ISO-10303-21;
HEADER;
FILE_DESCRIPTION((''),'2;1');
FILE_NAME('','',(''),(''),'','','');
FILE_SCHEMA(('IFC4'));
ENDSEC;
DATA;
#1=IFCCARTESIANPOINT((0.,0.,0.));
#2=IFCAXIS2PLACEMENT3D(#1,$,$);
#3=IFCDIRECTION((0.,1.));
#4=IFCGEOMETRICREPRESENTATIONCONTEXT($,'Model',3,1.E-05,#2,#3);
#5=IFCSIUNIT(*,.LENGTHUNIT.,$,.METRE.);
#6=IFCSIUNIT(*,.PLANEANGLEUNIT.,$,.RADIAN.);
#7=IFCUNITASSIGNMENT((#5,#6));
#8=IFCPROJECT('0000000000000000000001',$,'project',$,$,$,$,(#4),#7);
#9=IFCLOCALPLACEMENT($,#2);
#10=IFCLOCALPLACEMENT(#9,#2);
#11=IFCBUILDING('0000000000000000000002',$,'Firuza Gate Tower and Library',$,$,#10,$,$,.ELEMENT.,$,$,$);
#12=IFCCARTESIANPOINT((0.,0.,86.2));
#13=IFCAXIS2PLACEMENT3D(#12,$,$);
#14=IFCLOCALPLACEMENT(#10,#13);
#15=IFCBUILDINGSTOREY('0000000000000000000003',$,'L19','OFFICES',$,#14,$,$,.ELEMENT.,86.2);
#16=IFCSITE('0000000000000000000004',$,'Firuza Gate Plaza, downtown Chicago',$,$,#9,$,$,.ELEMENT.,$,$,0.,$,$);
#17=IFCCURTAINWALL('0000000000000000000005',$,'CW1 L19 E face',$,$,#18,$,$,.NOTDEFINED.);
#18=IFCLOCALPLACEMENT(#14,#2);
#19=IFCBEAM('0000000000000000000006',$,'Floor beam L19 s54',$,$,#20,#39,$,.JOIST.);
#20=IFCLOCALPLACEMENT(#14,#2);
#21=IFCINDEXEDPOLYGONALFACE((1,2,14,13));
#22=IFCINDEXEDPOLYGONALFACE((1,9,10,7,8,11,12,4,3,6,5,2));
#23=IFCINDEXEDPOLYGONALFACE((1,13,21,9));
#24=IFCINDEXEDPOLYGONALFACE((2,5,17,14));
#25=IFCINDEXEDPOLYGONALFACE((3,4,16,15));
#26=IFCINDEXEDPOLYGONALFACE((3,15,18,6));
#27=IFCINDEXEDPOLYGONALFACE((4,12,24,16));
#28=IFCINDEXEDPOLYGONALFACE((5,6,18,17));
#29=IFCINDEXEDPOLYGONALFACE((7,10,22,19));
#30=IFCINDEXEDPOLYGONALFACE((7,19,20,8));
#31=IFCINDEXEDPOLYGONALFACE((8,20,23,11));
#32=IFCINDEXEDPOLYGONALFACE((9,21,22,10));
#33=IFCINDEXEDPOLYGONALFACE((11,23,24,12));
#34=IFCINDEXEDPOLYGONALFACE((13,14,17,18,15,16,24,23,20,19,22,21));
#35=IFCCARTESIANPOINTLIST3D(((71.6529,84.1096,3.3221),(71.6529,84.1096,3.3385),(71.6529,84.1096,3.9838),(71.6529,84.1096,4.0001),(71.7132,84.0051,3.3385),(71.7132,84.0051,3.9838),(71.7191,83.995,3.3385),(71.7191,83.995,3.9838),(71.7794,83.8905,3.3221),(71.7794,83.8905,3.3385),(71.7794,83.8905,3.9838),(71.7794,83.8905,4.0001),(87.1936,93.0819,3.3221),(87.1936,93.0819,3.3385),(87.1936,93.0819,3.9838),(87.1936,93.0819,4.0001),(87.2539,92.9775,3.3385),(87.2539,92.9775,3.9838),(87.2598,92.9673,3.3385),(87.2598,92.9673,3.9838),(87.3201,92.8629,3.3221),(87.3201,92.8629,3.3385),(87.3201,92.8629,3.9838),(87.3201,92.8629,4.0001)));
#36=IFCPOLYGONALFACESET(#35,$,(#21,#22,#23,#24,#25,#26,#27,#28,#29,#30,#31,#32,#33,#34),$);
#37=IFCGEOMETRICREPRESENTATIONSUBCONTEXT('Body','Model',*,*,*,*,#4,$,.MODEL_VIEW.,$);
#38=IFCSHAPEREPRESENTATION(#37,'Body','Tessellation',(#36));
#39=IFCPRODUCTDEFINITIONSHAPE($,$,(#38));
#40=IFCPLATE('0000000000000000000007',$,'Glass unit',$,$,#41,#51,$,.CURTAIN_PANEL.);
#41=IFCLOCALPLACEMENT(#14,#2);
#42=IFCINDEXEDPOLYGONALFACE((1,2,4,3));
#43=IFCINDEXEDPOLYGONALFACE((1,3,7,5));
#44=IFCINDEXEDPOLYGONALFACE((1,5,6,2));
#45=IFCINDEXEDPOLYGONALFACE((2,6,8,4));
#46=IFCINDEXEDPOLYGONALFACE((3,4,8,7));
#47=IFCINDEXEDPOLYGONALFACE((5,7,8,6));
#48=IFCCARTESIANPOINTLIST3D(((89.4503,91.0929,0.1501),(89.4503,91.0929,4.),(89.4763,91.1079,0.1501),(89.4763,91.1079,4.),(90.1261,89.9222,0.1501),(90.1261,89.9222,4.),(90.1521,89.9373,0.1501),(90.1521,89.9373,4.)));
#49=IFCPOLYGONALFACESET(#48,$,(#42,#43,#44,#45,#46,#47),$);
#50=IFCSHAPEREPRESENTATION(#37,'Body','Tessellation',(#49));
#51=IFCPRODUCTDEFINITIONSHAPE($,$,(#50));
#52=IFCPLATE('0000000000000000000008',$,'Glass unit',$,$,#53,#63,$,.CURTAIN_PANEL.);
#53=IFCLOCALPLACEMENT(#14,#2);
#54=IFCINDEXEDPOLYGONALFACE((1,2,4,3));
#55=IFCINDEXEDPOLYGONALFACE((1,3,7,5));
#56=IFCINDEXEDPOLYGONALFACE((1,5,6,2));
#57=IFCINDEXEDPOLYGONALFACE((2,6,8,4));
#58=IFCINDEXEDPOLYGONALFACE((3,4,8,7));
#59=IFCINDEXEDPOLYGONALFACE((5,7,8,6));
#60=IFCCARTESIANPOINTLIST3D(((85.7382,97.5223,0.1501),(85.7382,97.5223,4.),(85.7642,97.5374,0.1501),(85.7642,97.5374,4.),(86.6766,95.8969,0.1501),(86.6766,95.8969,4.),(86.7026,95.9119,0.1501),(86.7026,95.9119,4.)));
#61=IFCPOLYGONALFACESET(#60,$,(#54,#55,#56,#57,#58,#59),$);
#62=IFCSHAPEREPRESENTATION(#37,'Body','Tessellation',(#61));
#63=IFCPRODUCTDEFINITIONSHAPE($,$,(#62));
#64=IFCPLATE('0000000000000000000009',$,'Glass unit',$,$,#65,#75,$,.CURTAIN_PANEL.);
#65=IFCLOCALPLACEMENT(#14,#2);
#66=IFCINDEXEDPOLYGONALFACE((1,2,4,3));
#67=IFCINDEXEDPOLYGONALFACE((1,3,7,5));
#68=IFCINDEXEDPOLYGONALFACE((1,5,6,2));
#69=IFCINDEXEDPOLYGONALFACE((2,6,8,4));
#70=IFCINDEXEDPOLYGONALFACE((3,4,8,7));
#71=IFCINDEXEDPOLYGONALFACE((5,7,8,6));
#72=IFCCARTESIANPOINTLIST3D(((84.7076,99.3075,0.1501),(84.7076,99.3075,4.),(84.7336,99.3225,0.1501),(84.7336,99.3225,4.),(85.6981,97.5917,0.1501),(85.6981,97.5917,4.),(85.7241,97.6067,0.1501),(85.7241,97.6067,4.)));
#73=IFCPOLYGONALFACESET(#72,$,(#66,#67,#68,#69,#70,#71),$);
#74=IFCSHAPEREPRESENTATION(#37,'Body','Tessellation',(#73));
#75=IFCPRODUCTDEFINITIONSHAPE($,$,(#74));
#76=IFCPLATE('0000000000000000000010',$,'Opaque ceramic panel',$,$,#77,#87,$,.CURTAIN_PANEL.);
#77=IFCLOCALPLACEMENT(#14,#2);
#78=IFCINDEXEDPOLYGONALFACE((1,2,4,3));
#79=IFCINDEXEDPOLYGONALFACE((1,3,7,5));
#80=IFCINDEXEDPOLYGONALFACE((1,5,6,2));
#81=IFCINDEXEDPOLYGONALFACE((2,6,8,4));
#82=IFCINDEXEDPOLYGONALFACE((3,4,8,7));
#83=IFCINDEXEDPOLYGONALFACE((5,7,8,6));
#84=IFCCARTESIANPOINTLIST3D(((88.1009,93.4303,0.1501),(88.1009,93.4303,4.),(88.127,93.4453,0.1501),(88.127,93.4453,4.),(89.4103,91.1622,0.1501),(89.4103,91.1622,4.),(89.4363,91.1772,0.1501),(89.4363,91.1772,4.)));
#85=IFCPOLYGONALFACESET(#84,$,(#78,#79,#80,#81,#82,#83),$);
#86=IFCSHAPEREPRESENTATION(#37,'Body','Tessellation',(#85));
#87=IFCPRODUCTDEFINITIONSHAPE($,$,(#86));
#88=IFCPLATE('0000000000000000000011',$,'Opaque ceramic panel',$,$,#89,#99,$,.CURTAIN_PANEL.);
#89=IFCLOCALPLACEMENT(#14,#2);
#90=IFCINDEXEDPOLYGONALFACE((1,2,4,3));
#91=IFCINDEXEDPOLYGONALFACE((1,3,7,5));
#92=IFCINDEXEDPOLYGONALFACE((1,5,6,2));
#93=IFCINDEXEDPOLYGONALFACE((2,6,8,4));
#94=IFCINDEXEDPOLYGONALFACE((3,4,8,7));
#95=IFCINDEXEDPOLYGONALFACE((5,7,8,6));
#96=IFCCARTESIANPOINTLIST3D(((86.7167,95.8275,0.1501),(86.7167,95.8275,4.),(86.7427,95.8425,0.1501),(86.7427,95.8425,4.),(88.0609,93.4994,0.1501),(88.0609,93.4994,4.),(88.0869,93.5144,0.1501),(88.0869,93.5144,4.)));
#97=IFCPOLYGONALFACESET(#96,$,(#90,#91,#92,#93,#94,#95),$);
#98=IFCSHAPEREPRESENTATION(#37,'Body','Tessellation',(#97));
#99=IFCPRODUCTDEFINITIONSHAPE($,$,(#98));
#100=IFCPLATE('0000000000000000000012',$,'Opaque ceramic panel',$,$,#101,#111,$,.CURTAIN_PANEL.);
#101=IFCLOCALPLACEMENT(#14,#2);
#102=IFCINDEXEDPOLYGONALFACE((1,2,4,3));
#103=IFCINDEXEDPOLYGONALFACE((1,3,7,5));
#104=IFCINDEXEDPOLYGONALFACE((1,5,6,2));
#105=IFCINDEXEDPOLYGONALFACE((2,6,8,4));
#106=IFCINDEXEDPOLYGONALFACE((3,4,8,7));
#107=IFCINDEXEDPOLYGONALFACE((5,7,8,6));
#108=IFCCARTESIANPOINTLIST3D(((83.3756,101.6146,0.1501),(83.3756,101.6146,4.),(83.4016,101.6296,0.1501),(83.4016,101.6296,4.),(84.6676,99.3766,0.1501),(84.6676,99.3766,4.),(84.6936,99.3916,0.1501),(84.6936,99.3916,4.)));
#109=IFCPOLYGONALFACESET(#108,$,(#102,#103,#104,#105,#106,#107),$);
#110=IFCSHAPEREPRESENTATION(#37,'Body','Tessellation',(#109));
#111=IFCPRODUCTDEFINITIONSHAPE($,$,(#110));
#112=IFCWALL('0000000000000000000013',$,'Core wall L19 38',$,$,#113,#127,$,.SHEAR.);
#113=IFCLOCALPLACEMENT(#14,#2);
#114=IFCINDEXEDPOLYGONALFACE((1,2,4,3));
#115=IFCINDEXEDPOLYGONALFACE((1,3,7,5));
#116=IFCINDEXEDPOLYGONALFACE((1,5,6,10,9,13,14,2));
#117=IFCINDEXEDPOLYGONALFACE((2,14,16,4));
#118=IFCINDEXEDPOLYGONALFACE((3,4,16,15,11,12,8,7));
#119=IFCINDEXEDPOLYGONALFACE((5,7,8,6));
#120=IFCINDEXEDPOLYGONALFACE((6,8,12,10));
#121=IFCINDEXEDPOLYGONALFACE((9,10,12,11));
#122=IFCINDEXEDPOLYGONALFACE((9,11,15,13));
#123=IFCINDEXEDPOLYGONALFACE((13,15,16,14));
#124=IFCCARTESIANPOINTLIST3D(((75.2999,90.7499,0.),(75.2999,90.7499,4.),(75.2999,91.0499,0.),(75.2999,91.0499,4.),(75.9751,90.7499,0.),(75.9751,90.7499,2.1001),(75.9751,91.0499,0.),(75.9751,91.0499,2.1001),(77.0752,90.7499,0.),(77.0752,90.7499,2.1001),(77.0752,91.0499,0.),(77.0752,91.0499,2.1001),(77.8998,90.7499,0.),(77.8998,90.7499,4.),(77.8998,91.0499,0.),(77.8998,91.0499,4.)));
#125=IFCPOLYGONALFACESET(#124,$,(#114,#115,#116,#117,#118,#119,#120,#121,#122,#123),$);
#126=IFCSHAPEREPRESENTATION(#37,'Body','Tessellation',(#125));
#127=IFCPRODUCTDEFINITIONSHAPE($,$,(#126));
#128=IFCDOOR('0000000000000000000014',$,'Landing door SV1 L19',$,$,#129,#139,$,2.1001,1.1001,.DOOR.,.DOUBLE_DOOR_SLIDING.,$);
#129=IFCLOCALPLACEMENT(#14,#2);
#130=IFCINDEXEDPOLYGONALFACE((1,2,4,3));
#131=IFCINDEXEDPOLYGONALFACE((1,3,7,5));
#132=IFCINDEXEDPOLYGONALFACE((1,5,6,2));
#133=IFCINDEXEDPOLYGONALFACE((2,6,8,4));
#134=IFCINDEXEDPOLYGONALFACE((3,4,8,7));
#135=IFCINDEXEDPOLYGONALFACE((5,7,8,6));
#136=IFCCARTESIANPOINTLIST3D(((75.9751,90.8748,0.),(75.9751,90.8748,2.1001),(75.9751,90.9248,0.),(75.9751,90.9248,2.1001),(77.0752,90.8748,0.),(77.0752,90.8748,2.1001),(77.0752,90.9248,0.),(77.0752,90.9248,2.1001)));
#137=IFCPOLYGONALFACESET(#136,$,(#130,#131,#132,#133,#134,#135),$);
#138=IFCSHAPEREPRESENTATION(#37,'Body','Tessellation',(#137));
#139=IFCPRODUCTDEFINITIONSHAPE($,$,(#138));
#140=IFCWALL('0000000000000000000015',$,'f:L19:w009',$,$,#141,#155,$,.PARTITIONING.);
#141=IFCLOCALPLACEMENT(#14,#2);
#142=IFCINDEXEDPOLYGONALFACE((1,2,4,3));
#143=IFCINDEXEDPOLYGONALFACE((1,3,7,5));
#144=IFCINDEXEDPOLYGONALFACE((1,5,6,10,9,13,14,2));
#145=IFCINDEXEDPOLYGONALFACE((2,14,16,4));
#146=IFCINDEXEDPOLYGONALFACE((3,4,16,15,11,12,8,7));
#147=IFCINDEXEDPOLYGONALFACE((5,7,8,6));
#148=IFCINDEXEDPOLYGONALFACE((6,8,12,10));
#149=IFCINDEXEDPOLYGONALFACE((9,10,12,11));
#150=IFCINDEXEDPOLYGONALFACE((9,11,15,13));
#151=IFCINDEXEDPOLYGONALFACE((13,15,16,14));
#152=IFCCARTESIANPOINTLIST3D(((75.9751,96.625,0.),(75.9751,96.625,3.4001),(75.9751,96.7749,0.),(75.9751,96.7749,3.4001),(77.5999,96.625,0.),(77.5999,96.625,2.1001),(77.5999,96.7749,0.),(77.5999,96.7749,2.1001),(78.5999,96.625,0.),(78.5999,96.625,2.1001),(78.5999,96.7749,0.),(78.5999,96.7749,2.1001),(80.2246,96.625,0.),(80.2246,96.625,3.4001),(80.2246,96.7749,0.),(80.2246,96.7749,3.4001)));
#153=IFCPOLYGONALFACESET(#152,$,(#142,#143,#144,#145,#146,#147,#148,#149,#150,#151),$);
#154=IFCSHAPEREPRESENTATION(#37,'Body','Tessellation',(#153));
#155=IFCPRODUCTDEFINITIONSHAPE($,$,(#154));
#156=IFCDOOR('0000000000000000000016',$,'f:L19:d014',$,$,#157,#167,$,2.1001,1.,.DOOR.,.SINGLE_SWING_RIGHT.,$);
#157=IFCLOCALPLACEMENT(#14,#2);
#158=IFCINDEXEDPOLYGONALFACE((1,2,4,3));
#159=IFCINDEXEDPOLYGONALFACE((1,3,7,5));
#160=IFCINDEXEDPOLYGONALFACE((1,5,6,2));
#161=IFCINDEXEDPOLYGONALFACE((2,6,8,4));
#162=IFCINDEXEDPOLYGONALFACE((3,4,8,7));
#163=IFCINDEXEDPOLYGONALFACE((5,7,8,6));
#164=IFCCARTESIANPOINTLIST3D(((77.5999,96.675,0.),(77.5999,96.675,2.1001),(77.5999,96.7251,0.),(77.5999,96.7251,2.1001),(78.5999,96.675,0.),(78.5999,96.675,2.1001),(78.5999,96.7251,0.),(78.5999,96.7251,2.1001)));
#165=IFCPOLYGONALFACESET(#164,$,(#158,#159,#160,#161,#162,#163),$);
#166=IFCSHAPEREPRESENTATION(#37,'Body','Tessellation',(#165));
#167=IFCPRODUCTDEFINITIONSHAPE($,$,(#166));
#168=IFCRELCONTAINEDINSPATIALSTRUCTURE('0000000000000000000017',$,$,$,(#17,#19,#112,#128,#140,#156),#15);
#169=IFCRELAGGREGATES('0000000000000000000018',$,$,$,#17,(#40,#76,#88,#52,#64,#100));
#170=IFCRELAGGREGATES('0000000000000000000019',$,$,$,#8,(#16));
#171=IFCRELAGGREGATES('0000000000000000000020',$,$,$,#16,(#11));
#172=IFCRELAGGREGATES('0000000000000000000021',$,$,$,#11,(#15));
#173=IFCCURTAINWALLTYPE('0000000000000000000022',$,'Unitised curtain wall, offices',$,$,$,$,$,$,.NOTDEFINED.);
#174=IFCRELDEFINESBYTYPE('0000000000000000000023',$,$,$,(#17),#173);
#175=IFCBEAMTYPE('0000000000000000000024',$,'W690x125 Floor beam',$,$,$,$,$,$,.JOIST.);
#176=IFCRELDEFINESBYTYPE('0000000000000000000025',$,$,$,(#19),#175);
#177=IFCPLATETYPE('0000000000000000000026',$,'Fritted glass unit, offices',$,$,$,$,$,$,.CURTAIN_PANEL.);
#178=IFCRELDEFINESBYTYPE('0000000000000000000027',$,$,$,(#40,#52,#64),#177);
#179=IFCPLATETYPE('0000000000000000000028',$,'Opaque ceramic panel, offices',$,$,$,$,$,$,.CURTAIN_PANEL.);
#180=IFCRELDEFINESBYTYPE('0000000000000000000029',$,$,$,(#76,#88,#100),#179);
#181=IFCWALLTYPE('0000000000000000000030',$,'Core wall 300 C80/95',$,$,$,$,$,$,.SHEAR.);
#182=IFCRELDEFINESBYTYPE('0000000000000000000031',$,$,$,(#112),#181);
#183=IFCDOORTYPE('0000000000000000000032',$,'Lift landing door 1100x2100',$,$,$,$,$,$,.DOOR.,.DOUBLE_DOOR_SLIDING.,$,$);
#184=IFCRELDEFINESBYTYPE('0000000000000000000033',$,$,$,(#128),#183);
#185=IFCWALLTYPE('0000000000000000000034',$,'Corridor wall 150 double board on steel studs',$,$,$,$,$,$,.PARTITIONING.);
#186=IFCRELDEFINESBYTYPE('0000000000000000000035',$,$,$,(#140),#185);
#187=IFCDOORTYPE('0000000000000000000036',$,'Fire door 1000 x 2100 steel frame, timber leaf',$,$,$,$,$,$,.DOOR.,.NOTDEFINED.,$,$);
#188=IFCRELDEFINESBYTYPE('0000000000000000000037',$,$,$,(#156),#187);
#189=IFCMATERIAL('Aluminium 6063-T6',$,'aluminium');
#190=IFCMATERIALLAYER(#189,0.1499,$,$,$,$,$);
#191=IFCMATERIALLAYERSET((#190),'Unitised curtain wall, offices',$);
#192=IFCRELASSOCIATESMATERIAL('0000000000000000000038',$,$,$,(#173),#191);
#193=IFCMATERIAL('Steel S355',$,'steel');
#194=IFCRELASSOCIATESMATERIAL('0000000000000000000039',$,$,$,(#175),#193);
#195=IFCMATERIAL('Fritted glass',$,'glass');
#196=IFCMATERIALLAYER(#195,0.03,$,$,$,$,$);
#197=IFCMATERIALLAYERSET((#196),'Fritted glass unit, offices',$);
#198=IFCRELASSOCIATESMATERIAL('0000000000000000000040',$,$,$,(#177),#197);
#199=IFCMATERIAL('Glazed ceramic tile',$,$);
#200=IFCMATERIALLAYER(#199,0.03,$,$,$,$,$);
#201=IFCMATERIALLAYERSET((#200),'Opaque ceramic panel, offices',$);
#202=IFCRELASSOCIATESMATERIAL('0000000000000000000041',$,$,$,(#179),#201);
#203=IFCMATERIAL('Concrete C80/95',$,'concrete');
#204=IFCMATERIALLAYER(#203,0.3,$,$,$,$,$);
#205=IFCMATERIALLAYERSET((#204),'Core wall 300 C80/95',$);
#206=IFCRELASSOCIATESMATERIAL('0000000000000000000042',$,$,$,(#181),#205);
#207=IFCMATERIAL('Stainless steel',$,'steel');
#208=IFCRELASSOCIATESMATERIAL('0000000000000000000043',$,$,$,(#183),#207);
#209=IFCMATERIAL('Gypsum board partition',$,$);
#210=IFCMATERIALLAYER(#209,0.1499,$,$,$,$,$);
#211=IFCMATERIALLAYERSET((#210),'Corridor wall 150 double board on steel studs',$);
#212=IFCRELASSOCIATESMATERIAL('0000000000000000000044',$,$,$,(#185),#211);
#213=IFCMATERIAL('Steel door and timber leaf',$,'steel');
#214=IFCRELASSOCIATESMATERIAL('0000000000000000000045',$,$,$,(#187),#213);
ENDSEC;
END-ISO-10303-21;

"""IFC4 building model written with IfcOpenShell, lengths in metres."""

from ifc_helpers import new_model, si_unit, direction, frame, frame_2d, origin, origin_2d, place, context, subcontext, project, spatial, polyline, rectangle, i_section, outline, extrude, material, layer, layer_set, material_profile, profile_set, type_object, element, fill, aggregate, save


model = new_model("IFC4")

# Units and contexts
model_context = context("Model", 3, precision=1e-05, world=origin(), true_north=direction((0.0, 1.0)))
body_context = subcontext(model_context, "Body", "Model", "MODEL_VIEW")
ifc_project = project(units=[si_unit("LENGTHUNIT", "METRE"), si_unit("PLANEANGLEUNIT", "RADIAN")], contexts=[model_context])

# Site, building, storey
site_placement = place(None, origin())
site = spatial("IfcSite", under=ifc_project, at=site_placement, Name="Firuza Gate Plaza, downtown Chicago", CompositionType="ELEMENT", RefElevation=0.0)
building_placement = place(site_placement, origin())
building = spatial("IfcBuilding", under=site, at=building_placement, Name="Firuza Gate Tower and Library", CompositionType="ELEMENT")
storey_placement = place(building_placement, frame((0.0, 0.0, 86.2)))
storey = spatial("IfcBuildingStorey", under=building, at=storey_placement, Name="L19", Description="OFFICES", CompositionType="ELEMENT", Elevation=86.2)

# Curtain wall
ifc_material_1 = material(Name="Aluminium 6063-T6", Category="aluminium")
ifc_layer_1 = layer(ifc_material_1, 0.1499)
ifc_layer_set_1 = layer_set([ifc_layer_1], Name="Unitised curtain wall, offices")
curtain_wall_type = type_object("IfcCurtainWallType", Name="Unitised curtain wall, offices", PredefinedType="NOTDEFINED", material=ifc_layer_set_1)
curtain_wall_placement = place(storey_placement, origin())
curtain_wall = element("IfcCurtainWall", 1, at=curtain_wall_placement, inside=storey, type_object=curtain_wall_type, Name="CW1 L19 E face", PredefinedType="NOTDEFINED")

# Beam
ifc_material_2 = material(Name="Steel S355", Category="steel")
ifc_material_profile_1 = material_profile(ifc_material_2, i_section(OverallWidth=0.2529, OverallDepth=0.678, WebThickness=0.0117, FlangeThickness=0.0164, at=origin_2d()))
ifc_profile_set_1 = profile_set([ifc_material_profile_1], Name="Steel S355")
beam_type_1 = type_object("IfcBeamType", Name="W690x125 Floor beam", PredefinedType="JOIST", material=ifc_profile_set_1)
beam_1_placement = place(storey_placement, frame((87.2568, 92.9724, 3.6611), z_axis=(-0.866027, -0.499998, 0.0), x_axis=(0.499998, -0.866027, 0.0)))
element("IfcBeam", 2, at=beam_1_placement, inside=storey, type_object=beam_type_1, Name="Floor beam L19 s54", PredefinedType="JOIST", context=body_context, shape_type="SweptSolid", body=[
    extrude(i_section(OverallWidth=0.2529, OverallDepth=0.678, WebThickness=0.0117, FlangeThickness=0.0164, at=origin_2d()), origin(), (0.0, 0.0, 1.0), 17.9448),
])

# Plates
ifc_material_3 = material(Name="Fritted glass", Category="glass")
ifc_layer_2 = layer(ifc_material_3, 0.03)
ifc_layer_set_2 = layer_set([ifc_layer_2], Name="Fritted glass unit, offices")
plate_type_1 = type_object("IfcPlateType", Name="Fritted glass unit, offices", PredefinedType="CURTAIN_PANEL", material=ifc_layer_set_2)
plate_1_placement = place(storey_placement, frame((90.1521, 89.9373, 0.1501), z_axis=(0.866056, 0.499947, 0.0), x_axis=(-0.499947, 0.866056, 0.0)))
plate_1 = element("IfcPlate", 3, at=plate_1_placement, type_object=plate_type_1, Name="Glass unit", PredefinedType="CURTAIN_PANEL", context=body_context, shape_type="SweptSolid", body=[
    extrude(outline(polyline([(0.0, 0.0), (1.3517, 0.0), (1.3517, 3.8499), (0.0, 3.8499), (0.0, 0.0)])), origin(), (0.0, 0.0, -1.0), 0.03),
])
plate_2_placement = place(storey_placement, frame((86.7026, 95.9119, 0.1501), z_axis=(0.866025, 0.5, 0.0), x_axis=(-0.5, 0.866025, 0.0)))
plate_2 = element("IfcPlate", 4, at=plate_2_placement, type_object=plate_type_1, Name="Glass unit", PredefinedType="CURTAIN_PANEL", context=body_context, shape_type="SweptSolid", body=[
    extrude(outline(polyline([(0.0, 0.0), (1.877, 0.0), (1.877, 3.8499), (0.0, 3.8499), (0.0, 0.0)])), origin(), (0.0, 0.0, -1.0), 0.03),
])
plate_3_placement = place(storey_placement, frame((85.7241, 97.6067, 0.1501), z_axis=(0.866058, 0.499943, 0.0), x_axis=(-0.499943, 0.866058, 0.0)))
plate_3 = element("IfcPlate", 5, at=plate_3_placement, type_object=plate_type_1, Name="Glass unit", PredefinedType="CURTAIN_PANEL", context=body_context, shape_type="SweptSolid", body=[
    extrude(outline(polyline([(0.0, 0.0), (1.9812, 0.0), (1.9812, 3.8499), (0.0, 3.8499), (0.0, 0.0)])), origin(), (0.0, 0.0, -1.0), 0.03),
])
ifc_material_4 = material(Name="Glazed ceramic tile")
ifc_layer_3 = layer(ifc_material_4, 0.03)
ifc_layer_set_3 = layer_set([ifc_layer_3], Name="Opaque ceramic panel, offices")
plate_type_2 = type_object("IfcPlateType", Name="Opaque ceramic panel, offices", PredefinedType="CURTAIN_PANEL", material=ifc_layer_set_3)
plate_4_placement = place(storey_placement, frame((89.4363, 91.1772, 0.1501), z_axis=(0.866049, 0.499959, 0.0), x_axis=(-0.499959, 0.866049, 0.0)))
plate_4 = element("IfcPlate", 6, at=plate_4_placement, type_object=plate_type_2, Name="Opaque ceramic panel", PredefinedType="CURTAIN_PANEL", context=body_context, shape_type="SweptSolid", body=[
    extrude(outline(polyline([(0.0, 0.0), (2.6189, 0.0), (2.6189, 3.8499), (0.0, 3.8499), (0.0, 0.0)])), origin(), (0.0, 0.0, -1.0), 0.03),
])
plate_5_placement = place(storey_placement, frame((88.0869, 93.5144, 0.1501), z_axis=(0.86601, 0.500026, 0.0), x_axis=(-0.500026, 0.86601, 0.0)))
plate_5 = element("IfcPlate", 7, at=plate_5_placement, type_object=plate_type_2, Name="Opaque ceramic panel", PredefinedType="CURTAIN_PANEL", context=body_context, shape_type="SweptSolid", body=[
    extrude(outline(polyline([(0.0, 0.0), (2.6883, 0.0), (2.6883, 3.8499), (0.0, 3.8499), (0.0, 0.0)])), origin(), (0.0, 0.0, -1.0), 0.03),
])
plate_6_placement = place(storey_placement, frame((84.6936, 99.3916, 0.1501), z_axis=(0.866049, 0.49996, 0.0), x_axis=(-0.49996, 0.866049, 0.0)))
plate_6 = element("IfcPlate", 8, at=plate_6_placement, type_object=plate_type_2, Name="Opaque ceramic panel", PredefinedType="CURTAIN_PANEL", context=body_context, shape_type="SweptSolid", body=[
    extrude(outline(polyline([(0.0, 0.0), (2.5842, 0.0), (2.5842, 3.8499), (0.0, 3.8499), (0.0, 0.0)])), origin(), (0.0, 0.0, -1.0), 0.03),
])

# Walls, openings, doors
ifc_material_5 = material(Name="Concrete C80/95", Category="concrete")
ifc_layer_4 = layer(ifc_material_5, 0.3)
ifc_layer_set_4 = layer_set([ifc_layer_4], Name="Core wall 300 C80/95")
wall_type_1 = type_object("IfcWallType", Name="Core wall 300 C80/95", PredefinedType="SHEAR", material=ifc_layer_set_4)
wall_1_placement = place(storey_placement, frame((75.3, 90.8999, 0.0), z_axis=(0.0, 0.0, 1.0), x_axis=(1.0, 0.0, 0.0)))
wall_1 = element("IfcWall", 9, at=wall_1_placement, inside=storey, type_object=wall_type_1, Name="Core wall L19 38", PredefinedType="SHEAR", context=body_context, shape_type="SweptSolid", body=[
    extrude(rectangle(XDim=2.5999, YDim=0.3, at=frame_2d((1.2998, 0.0))), origin(), (0.0, 0.0, 1.0), 4.0),
])
opening_1_placement = place(wall_1_placement, frame((0.675, 0.0, 0.0)))
opening_1 = element("IfcOpeningElement", 10, at=opening_1_placement, cuts=wall_1, PredefinedType="OPENING", context=body_context, shape_type="SweptSolid", body=[
    extrude(rectangle(XDim=1.1001, YDim=2.1001, at=frame_2d((0.55, 1.05))), frame((0.0, 0.1602, 0.0), z_axis=(0.0, -1.0, 0.0), x_axis=(1.0, 0.0, 0.0)), (0.0, 0.0, 1.0), 0.3201),
])
ifc_material_6 = material(Name="Stainless steel", Category="steel")
door_type_1 = type_object("IfcDoorType", Name="Lift landing door 1100x2100", OperationType="DOUBLE_DOOR_SLIDING", PredefinedType="DOOR", material=ifc_material_6)
door_1_placement = place(opening_1_placement, origin())
door_1 = element("IfcDoor", 11, at=door_1_placement, inside=storey, type_object=door_type_1, Name="Landing door SV1 L19", OperationType="DOUBLE_DOOR_SLIDING", OverallHeight=2.1001, OverallWidth=1.1001, PredefinedType="DOOR", context=body_context, shape_type="SweptSolid", body=[
    extrude(rectangle(XDim=1.1001, YDim=2.1001, at=frame_2d((0.55, 1.05))), frame((0.0, 0.0249, 0.0), z_axis=(0.0, -1.0, 0.0), x_axis=(1.0, 0.0, 0.0)), (0.0, 0.0, 1.0), 0.05),
])
fill(opening_1, door_1)
ifc_material_7 = material(Name="Gypsum board partition")
ifc_layer_5 = layer(ifc_material_7, 0.1499)
ifc_layer_set_5 = layer_set([ifc_layer_5], Name="Corridor wall 150 double board on steel studs")
wall_type_2 = type_object("IfcWallType", Name="Corridor wall 150 double board on steel studs", PredefinedType="PARTITIONING", material=ifc_layer_set_5)
wall_2_placement = place(storey_placement, frame((80.2246, 96.7, 0.0), z_axis=(0.0, 0.0, 1.0), x_axis=(-1.0, 0.0, 0.0)))
wall_2 = element("IfcWall", 12, at=wall_2_placement, inside=storey, type_object=wall_type_2, Name="f:L19:w009", PredefinedType="PARTITIONING", context=body_context, shape_type="SweptSolid", body=[
    extrude(rectangle(XDim=4.2495, YDim=0.1499, at=frame_2d((2.1248, 0.0))), origin(), (0.0, 0.0, 1.0), 3.4001),
])
opening_2_placement = place(wall_2_placement, frame((1.6248, 0.0, 0.0)))
opening_2 = element("IfcOpeningElement", 13, at=opening_2_placement, cuts=wall_2, PredefinedType="OPENING", context=body_context, shape_type="SweptSolid", body=[
    extrude(rectangle(XDim=1.0, YDim=2.1001, at=frame_2d((0.5, 1.05))), frame((0.0, 0.085, 0.0), z_axis=(0.0, -1.0, 0.0), x_axis=(1.0, 0.0, 0.0)), (0.0, 0.0, 1.0), 0.1699),
])
ifc_material_8 = material(Name="Steel door and timber leaf", Category="steel")
door_type_2 = type_object("IfcDoorType", Name="Fire door 1000 x 2100 steel frame, timber leaf", OperationType="NOTDEFINED", PredefinedType="DOOR", material=ifc_material_8)
door_2_placement = place(opening_2_placement, origin())
door_2 = element("IfcDoor", 14, at=door_2_placement, inside=storey, type_object=door_type_2, Name="f:L19:d014", OperationType="SINGLE_SWING_RIGHT", OverallHeight=2.1001, OverallWidth=1.0, PredefinedType="DOOR", context=body_context, shape_type="SweptSolid", body=[
    extrude(rectangle(XDim=1.0, YDim=2.1001, at=frame_2d((0.5, 1.05))), frame((0.0, 0.0249, 0.0), z_axis=(0.0, -1.0, 0.0), x_axis=(1.0, 0.0, 0.0)), (0.0, 0.0, 1.0), 0.05),
])
fill(opening_2, door_2)

aggregate(curtain_wall, [plate_1, plate_4, plate_5, plate_2, plate_3, plate_6])

save(model, "model.ifc")
